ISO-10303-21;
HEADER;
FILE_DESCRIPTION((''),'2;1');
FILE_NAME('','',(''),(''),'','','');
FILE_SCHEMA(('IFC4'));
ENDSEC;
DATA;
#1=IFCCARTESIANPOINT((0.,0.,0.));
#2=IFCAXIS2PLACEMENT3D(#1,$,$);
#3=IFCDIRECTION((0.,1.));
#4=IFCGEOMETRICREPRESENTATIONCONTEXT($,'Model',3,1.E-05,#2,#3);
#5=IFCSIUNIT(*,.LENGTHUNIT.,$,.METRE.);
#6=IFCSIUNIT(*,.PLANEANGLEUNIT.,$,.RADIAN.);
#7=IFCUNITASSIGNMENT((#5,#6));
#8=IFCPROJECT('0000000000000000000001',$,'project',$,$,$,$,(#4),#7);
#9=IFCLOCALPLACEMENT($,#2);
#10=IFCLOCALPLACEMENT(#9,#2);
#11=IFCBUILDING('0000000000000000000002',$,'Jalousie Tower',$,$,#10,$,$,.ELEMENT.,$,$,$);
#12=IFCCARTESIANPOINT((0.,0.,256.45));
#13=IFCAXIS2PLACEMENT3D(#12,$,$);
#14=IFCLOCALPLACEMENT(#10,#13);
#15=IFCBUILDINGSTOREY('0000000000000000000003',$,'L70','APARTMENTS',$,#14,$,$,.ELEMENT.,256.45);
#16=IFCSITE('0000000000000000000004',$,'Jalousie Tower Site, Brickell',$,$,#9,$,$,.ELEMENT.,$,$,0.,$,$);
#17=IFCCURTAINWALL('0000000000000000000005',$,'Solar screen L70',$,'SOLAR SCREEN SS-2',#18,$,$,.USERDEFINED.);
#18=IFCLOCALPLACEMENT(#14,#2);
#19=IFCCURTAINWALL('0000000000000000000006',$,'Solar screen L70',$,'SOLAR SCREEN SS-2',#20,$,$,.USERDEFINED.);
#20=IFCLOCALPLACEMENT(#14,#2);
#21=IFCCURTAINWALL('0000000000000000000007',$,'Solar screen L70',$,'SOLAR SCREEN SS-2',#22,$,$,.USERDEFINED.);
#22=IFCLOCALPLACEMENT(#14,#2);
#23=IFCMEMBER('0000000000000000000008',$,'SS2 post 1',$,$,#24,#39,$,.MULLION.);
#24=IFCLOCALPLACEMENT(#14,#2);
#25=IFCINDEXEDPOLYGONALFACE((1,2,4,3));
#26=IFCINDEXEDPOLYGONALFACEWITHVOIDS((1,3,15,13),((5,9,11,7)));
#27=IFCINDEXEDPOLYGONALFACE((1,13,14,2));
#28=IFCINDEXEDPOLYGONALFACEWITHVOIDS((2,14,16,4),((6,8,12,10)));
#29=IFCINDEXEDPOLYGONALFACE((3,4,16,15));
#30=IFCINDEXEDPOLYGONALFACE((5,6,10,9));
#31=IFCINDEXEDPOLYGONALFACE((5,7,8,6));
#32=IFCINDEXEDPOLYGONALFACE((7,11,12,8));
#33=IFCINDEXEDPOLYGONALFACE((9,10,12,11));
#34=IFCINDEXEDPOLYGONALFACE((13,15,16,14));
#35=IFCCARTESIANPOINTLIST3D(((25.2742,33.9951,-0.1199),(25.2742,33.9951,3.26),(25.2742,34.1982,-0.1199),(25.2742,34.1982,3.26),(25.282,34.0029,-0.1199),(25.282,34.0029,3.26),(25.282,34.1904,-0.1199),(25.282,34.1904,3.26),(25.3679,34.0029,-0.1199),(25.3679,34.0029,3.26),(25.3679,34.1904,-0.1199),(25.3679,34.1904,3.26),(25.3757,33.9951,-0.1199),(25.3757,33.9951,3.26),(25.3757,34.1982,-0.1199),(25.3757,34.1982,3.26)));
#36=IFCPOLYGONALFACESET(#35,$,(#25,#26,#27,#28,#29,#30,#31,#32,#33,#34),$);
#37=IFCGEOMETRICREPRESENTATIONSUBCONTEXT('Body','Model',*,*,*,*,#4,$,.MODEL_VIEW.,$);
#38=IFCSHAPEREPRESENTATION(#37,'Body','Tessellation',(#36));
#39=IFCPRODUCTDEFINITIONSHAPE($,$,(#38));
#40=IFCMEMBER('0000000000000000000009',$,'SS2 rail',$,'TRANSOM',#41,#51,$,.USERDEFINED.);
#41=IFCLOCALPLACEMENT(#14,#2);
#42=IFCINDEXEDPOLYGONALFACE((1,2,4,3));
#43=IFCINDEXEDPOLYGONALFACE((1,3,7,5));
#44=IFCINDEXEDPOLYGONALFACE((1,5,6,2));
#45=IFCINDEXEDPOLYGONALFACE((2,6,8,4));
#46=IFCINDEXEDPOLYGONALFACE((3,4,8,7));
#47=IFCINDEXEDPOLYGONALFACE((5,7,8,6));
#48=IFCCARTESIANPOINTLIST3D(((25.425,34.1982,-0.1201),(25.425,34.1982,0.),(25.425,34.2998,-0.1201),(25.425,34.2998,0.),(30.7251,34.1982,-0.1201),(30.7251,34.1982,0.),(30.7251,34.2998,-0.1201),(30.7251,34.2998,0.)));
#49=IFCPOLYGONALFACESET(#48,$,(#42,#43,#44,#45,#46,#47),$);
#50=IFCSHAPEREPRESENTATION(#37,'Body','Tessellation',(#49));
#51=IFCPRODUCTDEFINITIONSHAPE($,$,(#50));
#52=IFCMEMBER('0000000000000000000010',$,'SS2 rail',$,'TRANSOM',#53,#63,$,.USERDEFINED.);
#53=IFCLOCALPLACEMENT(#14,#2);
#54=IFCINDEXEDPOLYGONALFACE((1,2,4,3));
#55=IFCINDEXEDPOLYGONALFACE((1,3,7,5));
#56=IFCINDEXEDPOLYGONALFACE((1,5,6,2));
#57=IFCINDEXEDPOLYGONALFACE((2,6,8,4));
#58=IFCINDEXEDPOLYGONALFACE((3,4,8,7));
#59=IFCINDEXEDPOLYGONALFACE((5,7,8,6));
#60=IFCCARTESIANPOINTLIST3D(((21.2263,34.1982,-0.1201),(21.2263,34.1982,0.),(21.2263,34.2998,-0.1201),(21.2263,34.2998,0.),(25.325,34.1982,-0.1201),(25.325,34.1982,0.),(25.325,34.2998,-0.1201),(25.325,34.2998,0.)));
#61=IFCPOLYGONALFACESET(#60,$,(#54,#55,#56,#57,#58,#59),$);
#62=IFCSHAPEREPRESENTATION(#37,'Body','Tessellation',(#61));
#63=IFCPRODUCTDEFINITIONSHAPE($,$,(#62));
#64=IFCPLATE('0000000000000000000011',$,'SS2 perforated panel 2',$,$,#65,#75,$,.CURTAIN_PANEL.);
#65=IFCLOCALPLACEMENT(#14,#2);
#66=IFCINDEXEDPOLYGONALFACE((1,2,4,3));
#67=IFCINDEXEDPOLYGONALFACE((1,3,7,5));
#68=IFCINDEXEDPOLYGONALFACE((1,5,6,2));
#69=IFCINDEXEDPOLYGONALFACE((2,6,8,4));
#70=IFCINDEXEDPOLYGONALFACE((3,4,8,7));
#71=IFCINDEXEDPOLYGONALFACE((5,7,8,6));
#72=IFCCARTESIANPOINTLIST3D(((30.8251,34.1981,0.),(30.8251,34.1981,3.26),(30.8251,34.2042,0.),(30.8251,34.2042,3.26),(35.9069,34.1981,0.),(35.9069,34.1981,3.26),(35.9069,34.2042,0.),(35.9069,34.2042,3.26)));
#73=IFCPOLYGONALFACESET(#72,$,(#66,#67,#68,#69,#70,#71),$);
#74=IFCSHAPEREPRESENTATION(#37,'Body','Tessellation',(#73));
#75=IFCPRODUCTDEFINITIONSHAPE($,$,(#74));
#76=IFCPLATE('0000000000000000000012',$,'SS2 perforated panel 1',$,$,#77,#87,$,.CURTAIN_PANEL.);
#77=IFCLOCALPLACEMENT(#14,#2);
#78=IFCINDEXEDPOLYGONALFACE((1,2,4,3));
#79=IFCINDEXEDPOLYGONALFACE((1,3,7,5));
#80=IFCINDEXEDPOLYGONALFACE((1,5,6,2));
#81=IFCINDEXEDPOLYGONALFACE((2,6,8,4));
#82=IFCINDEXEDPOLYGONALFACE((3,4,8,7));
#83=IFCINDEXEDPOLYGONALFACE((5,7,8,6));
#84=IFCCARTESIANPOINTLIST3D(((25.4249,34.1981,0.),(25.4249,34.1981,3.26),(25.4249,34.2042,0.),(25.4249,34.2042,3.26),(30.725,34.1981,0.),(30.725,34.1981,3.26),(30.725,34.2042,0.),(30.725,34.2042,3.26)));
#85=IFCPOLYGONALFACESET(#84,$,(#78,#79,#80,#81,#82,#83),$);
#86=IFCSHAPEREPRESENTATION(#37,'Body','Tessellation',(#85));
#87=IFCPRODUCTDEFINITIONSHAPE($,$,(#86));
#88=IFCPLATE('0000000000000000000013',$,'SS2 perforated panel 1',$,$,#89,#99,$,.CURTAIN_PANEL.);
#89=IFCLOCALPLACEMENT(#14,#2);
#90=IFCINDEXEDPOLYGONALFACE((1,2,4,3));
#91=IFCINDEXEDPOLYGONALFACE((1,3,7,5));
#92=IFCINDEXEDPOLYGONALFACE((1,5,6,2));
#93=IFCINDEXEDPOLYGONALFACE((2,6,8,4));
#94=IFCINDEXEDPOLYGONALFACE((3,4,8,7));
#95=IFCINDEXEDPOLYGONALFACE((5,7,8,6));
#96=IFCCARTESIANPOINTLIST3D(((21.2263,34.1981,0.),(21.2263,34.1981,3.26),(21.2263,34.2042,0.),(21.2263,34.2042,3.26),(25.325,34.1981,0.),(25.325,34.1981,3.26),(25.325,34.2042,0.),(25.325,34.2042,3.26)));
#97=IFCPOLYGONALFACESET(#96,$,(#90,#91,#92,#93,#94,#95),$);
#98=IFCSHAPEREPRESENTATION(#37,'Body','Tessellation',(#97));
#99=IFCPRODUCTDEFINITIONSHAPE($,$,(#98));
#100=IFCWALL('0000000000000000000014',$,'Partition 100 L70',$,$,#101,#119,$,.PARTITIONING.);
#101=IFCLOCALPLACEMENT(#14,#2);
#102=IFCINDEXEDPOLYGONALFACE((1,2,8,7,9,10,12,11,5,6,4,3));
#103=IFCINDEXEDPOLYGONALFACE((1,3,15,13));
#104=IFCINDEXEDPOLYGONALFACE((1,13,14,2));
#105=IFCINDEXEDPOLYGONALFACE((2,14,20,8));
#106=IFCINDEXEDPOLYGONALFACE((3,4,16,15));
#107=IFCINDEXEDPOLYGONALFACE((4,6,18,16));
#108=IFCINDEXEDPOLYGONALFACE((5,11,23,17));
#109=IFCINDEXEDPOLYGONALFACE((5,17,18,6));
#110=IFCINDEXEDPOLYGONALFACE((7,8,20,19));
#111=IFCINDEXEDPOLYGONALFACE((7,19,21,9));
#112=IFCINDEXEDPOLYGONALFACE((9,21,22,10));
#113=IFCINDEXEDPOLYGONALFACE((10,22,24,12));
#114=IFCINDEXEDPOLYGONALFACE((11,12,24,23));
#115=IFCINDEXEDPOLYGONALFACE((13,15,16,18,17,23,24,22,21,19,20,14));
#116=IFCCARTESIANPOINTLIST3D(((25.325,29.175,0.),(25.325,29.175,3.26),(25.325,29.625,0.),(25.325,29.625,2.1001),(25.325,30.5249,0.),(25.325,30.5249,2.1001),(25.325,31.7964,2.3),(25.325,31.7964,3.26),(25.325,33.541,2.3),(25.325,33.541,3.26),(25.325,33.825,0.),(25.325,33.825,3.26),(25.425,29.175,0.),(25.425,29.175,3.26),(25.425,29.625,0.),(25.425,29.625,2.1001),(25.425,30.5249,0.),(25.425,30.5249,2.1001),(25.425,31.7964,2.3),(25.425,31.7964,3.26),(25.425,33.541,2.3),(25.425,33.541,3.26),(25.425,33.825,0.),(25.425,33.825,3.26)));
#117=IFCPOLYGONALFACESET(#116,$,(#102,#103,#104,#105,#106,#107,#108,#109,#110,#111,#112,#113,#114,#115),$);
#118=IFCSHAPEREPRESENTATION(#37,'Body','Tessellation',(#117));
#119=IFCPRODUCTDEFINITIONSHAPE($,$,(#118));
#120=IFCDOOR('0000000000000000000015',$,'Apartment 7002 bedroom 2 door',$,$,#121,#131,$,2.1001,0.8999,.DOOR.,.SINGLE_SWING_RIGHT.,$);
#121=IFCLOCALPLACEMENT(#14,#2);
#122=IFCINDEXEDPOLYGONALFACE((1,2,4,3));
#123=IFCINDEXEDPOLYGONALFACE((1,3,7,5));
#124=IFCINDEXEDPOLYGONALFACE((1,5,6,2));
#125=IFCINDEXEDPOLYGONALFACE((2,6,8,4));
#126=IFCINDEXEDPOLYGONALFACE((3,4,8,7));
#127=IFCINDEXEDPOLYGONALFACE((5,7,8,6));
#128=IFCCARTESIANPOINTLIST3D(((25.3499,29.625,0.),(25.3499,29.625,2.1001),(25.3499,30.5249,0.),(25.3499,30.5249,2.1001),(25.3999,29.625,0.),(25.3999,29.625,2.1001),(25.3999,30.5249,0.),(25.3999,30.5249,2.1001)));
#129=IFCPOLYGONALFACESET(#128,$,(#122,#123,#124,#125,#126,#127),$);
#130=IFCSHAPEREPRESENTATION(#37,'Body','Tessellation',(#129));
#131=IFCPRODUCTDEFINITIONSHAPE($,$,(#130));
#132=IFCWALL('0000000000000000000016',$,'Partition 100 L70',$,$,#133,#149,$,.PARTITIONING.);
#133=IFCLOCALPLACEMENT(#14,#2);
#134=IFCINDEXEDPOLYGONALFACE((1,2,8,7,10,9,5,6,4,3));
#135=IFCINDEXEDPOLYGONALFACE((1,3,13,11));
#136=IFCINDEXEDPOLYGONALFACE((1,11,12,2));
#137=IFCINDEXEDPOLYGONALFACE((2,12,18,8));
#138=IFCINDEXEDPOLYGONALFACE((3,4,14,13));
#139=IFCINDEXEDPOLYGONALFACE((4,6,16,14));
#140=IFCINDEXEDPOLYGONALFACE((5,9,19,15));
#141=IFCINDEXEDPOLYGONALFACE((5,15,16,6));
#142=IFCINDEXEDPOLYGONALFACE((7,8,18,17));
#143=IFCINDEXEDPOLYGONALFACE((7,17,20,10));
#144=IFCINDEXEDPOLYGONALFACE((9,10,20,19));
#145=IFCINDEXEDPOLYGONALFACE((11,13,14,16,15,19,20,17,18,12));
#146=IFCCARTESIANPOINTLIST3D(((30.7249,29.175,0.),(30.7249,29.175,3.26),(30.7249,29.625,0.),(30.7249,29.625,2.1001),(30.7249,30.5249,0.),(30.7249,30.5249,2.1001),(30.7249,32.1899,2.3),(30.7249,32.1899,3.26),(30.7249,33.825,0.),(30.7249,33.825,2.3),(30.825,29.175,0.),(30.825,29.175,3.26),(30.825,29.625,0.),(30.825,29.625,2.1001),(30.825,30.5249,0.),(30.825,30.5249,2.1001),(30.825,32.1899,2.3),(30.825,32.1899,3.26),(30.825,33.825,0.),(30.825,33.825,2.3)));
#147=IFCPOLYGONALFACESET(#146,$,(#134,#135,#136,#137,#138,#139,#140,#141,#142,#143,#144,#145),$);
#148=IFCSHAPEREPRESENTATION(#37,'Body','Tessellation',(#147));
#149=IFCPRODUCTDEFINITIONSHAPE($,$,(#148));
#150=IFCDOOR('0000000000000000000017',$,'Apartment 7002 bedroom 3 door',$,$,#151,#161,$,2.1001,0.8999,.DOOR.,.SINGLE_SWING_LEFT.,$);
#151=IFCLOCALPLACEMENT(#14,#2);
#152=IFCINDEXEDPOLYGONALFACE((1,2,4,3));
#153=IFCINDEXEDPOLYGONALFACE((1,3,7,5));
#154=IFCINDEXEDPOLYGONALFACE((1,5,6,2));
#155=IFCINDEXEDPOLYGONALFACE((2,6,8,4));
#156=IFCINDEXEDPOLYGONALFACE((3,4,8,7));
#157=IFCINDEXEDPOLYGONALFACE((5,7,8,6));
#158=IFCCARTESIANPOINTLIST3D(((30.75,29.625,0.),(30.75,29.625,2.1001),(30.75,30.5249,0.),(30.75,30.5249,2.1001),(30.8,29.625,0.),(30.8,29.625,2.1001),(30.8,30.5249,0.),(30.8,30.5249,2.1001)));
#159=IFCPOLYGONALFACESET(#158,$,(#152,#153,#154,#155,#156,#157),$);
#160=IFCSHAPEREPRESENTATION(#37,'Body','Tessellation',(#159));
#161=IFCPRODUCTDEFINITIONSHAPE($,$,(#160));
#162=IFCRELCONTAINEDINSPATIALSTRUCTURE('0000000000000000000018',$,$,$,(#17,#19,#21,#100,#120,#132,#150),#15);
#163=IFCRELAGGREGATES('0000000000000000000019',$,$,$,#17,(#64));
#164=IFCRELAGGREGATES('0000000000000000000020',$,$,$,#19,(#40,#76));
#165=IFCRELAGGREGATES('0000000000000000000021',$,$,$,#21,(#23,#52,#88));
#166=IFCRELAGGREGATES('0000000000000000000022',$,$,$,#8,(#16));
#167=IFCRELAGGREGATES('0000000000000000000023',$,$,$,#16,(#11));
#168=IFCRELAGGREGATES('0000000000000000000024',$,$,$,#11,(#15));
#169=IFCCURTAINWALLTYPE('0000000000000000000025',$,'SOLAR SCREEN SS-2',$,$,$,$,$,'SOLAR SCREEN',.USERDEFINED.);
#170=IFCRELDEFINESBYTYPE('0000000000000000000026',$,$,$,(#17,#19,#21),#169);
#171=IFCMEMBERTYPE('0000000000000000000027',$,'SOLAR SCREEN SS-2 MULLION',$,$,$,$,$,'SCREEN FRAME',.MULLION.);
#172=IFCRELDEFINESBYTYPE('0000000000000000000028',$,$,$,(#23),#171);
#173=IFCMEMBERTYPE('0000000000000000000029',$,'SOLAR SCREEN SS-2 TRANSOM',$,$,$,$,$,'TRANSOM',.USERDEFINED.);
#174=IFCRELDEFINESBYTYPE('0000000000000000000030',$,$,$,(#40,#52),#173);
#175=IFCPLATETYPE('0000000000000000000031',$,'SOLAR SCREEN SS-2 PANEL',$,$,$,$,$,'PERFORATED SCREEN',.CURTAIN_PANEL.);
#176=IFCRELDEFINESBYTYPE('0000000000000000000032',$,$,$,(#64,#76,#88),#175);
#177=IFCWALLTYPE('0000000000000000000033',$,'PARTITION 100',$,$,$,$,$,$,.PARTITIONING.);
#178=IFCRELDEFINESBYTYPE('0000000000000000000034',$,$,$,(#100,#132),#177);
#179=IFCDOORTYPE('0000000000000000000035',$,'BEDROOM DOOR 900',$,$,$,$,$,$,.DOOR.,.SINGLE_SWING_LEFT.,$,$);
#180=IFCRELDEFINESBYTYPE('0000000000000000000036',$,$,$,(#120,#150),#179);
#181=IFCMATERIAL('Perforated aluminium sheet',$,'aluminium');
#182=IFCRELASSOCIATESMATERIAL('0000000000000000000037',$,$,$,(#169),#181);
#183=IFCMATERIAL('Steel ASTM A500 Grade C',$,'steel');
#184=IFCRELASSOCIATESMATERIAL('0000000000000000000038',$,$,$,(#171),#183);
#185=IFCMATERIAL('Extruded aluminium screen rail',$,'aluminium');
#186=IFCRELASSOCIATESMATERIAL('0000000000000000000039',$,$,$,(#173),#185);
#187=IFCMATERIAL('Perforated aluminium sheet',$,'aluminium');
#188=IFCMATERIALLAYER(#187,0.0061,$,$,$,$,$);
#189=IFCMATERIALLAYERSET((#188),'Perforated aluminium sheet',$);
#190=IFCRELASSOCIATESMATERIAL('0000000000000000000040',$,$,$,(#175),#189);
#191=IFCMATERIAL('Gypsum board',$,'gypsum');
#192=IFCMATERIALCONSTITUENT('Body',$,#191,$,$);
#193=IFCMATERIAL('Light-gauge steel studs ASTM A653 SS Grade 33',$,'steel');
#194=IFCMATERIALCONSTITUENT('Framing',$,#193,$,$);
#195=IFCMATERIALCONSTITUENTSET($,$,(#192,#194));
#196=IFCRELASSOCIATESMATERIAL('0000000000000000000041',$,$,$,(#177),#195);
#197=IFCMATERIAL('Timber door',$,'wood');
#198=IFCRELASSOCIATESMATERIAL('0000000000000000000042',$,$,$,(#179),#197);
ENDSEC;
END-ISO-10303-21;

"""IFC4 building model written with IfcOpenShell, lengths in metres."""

from ifc_helpers import new_model, si_unit, direction, frame, frame_2d, origin, origin_2d, place, context, subcontext, project, spatial, polyline, rectangle, hollow_rectangle, outline, extrude, material, layer, layer_set, constituent, constituent_set, material_profile, profile_set, type_object, element, fill, aggregate, save


model = new_model("IFC4")

# Units and contexts
model_context = context("Model", 3, precision=1e-05, world=origin(), true_north=direction((0.0, 1.0)))
body_context = subcontext(model_context, "Body", "Model", "MODEL_VIEW")
ifc_project = project(units=[si_unit("LENGTHUNIT", "METRE"), si_unit("PLANEANGLEUNIT", "RADIAN")], contexts=[model_context])

# Site, building, storey
site_placement = place(None, origin())
site = spatial("IfcSite", under=ifc_project, at=site_placement, Name="Jalousie Tower Site, Brickell", CompositionType="ELEMENT", RefElevation=0.0)
building_placement = place(site_placement, origin())
building = spatial("IfcBuilding", under=site, at=building_placement, Name="Jalousie Tower", CompositionType="ELEMENT")
storey_placement = place(building_placement, frame((0.0, 0.0, 256.45)))
storey = spatial("IfcBuildingStorey", under=building, at=storey_placement, Name="L70", Description="APARTMENTS", CompositionType="ELEMENT", Elevation=256.45)

# Curtain wall
ifc_material_1 = material(Name="Perforated aluminium sheet", Category="aluminium")
curtain_wall_type = type_object("IfcCurtainWallType", Name="SOLAR SCREEN SS-2", ElementType="SOLAR SCREEN", PredefinedType="USERDEFINED", material=ifc_material_1)
curtain_wall_1_placement = place(storey_placement, origin())
curtain_wall_1 = element("IfcCurtainWall", 1, at=curtain_wall_1_placement, inside=storey, type_object=curtain_wall_type, Name="Solar screen L70", ObjectType="SOLAR SCREEN SS-2", PredefinedType="USERDEFINED")
ifc_material_2 = material(Name="Steel ASTM A500 Grade C", Category="steel")
ifc_material_profile_1 = material_profile(ifc_material_2, hollow_rectangle(XDim=0.1016, YDim=0.2031, WallThickness=0.0078, at=origin_2d()), Name="HSS8X4X5/16")
ifc_profile_set_1 = profile_set([ifc_material_profile_1], Name="Steel ASTM A500 Grade C")
member_type_1 = type_object("IfcMemberType", Name="SOLAR SCREEN SS-2 MULLION", ElementType="SCREEN FRAME", PredefinedType="MULLION", material=ifc_profile_set_1)

# Curtain wall
curtain_wall_2_placement = place(storey_placement, origin())
curtain_wall_2 = element("IfcCurtainWall", 2, at=curtain_wall_2_placement, inside=storey, type_object=curtain_wall_type, Name="Solar screen L70", ObjectType="SOLAR SCREEN SS-2", PredefinedType="USERDEFINED")

# Curtain wall, member
curtain_wall_3_placement = place(storey_placement, origin())
curtain_wall_3 = element("IfcCurtainWall", 3, at=curtain_wall_3_placement, inside=storey, type_object=curtain_wall_type, Name="Solar screen L70", ObjectType="SOLAR SCREEN SS-2", PredefinedType="USERDEFINED")
member_1_placement = place(storey_placement, frame((25.325, 34.0967, -0.1199), z_axis=(0.0, 0.0, 1.0), x_axis=(-1.0, 0.0, 0.0)))
member_1 = element("IfcMember", 4, at=member_1_placement, type_object=member_type_1, Name="SS2 post 1", PredefinedType="MULLION", context=body_context, shape_type="SweptSolid", body=[
    extrude(hollow_rectangle(XDim=0.1016, YDim=0.2031, WallThickness=0.0078, at=origin_2d()), origin(), (0.0, 0.0, 1.0), 3.3799),
])

# Members
ifc_material_3 = material(Name="Extruded aluminium screen rail", Category="aluminium")
ifc_material_profile_2 = material_profile(ifc_material_3, rectangle(XDim=0.1016, YDim=0.1201, at=origin_2d()), Name="RAIL 102x120")
ifc_profile_set_2 = profile_set([ifc_material_profile_2], Name="Extruded aluminium screen rail")
member_type_2 = type_object("IfcMemberType", Name="SOLAR SCREEN SS-2 TRANSOM", ElementType="TRANSOM", PredefinedType="USERDEFINED", material=ifc_profile_set_2)
member_2_placement = place(storey_placement, frame((30.7251, 34.249, -0.0601), z_axis=(-1.0, 0.0, 0.0), x_axis=(0.0, -1.0, 0.0)))
member_2 = element("IfcMember", 5, at=member_2_placement, type_object=member_type_2, Name="SS2 rail", ObjectType="TRANSOM", PredefinedType="USERDEFINED", context=body_context, shape_type="SweptSolid", body=[
    extrude(rectangle(XDim=0.1016, YDim=0.1201, at=origin_2d()), origin(), (0.0, 0.0, 1.0), 5.3),
])
member_3_placement = place(storey_placement, frame((25.325, 34.249, -0.0601), z_axis=(-1.0, 0.0, 0.0), x_axis=(0.0, -1.0, 0.0)))
member_3 = element("IfcMember", 6, at=member_3_placement, type_object=member_type_2, Name="SS2 rail", ObjectType="TRANSOM", PredefinedType="USERDEFINED", context=body_context, shape_type="SweptSolid", body=[
    extrude(rectangle(XDim=0.1016, YDim=0.1201, at=origin_2d()), origin(), (0.0, 0.0, 1.0), 4.0986),
])

# Plates
ifc_material_4 = material(Name="Perforated aluminium sheet", Category="aluminium")
ifc_layer = layer(ifc_material_4, 0.0061)
ifc_layer_set = layer_set([ifc_layer], Name="Perforated aluminium sheet")
plate_type = type_object("IfcPlateType", Name="SOLAR SCREEN SS-2 PANEL", ElementType="PERFORATED SCREEN", PredefinedType="CURTAIN_PANEL", material=ifc_layer_set)
plate_1_placement = place(storey_placement, frame((33.366, 34.2012, 0.0), z_axis=(0.0, 0.0, 1.0), x_axis=(-1.0, 0.0, 0.0)))
plate_1 = element("IfcPlate", 7, at=plate_1_placement, type_object=plate_type, Name="SS2 perforated panel 2", PredefinedType="CURTAIN_PANEL", context=body_context, shape_type="SweptSolid", body=[
    extrude(rectangle(XDim=5.0818, YDim=0.0061, at=origin_2d()), origin(), (0.0, 0.0, 1.0), 3.26),
])
aggregate(curtain_wall_1, [plate_1])
plate_2_placement = place(storey_placement, frame((28.075, 34.2012, 0.0), z_axis=(0.0, 0.0, 1.0), x_axis=(-1.0, 0.0, 0.0)))
plate_2 = element("IfcPlate", 8, at=plate_2_placement, type_object=plate_type, Name="SS2 perforated panel 1", PredefinedType="CURTAIN_PANEL", context=body_context, shape_type="SweptSolid", body=[
    extrude(rectangle(XDim=5.3, YDim=0.0061, at=origin_2d()), origin(), (0.0, 0.0, 1.0), 3.26),
])
aggregate(curtain_wall_2, [member_2, plate_2])
plate_3_placement = place(storey_placement, frame((23.2756, 34.2012, 0.0), z_axis=(0.0, 0.0, 1.0), x_axis=(-1.0, 0.0, 0.0)))
plate_3 = element("IfcPlate", 9, at=plate_3_placement, type_object=plate_type, Name="SS2 perforated panel 1", PredefinedType="CURTAIN_PANEL", context=body_context, shape_type="SweptSolid", body=[
    extrude(rectangle(XDim=4.0986, YDim=0.0061, at=origin_2d()), origin(), (0.0, 0.0, 1.0), 3.26),
])
aggregate(curtain_wall_3, [member_1, member_3, plate_3])

# Walls, openings, doors
ifc_material_5 = material(Name="Gypsum board", Category="gypsum")
ifc_constituent_1 = constituent(ifc_material_5, Name="Body")
ifc_material_6 = material(Name="Light-gauge steel studs ASTM A653 SS Grade 33", Category="steel")
ifc_constituent_2 = constituent(ifc_material_6, Name="Framing")
ifc_constituent_set = constituent_set(constituents=[ifc_constituent_1, ifc_constituent_2])
wall_type = type_object("IfcWallType", Name="PARTITION 100", PredefinedType="PARTITIONING", material=ifc_constituent_set)
wall_1_placement = place(storey_placement, frame((25.375, 33.825, 0.0), z_axis=(0.0, 0.0, 1.0), x_axis=(0.0, -1.0, 0.0)))
wall_1 = element("IfcWall", 10, at=wall_1_placement, inside=storey, type_object=wall_type, Name="Partition 100 L70", PredefinedType="PARTITIONING", context=body_context, shape_type="SweptSolid", body=[
    extrude(outline(polyline([(0.0, 0.0), (4.6499, 0.0), (4.6499, 3.26), (2.0286, 3.26), (2.0286, 2.3), (0.2839, 2.3), (0.2839, 3.26), (0.0, 3.26), (0.0, 0.0)])), frame((0.0, 0.05, 0.0), z_axis=(0.0, -1.0, 0.0), x_axis=(1.0, 0.0, 0.0)), (0.0, 0.0, 1.0), 0.1001),
])
opening_1_placement = place(wall_1_placement, frame((3.3, 0.0, 0.0)))
opening_1 = element("IfcOpeningElement", 11, at=opening_1_placement, cuts=wall_1, PredefinedType="OPENING", context=body_context, shape_type="SweptSolid", body=[
    extrude(rectangle(XDim=0.8999, YDim=2.1001, at=frame_2d((0.45, 1.05))), frame((0.0, 0.0601, 0.0), z_axis=(0.0, -1.0, 0.0), x_axis=(1.0, 0.0, 0.0)), (0.0, 0.0, 1.0), 0.1201),
])
ifc_material_7 = material(Name="Timber door", Category="wood")
door_type = type_object("IfcDoorType", Name="BEDROOM DOOR 900", OperationType="SINGLE_SWING_LEFT", PredefinedType="DOOR", material=ifc_material_7)
door_1_placement = place(opening_1_placement, origin())
door_1 = element("IfcDoor", 12, at=door_1_placement, inside=storey, type_object=door_type, Name="Apartment 7002 bedroom 2 door", OperationType="SINGLE_SWING_RIGHT", OverallHeight=2.1001, OverallWidth=0.8999, PredefinedType="DOOR", context=body_context, shape_type="SweptSolid", body=[
    extrude(rectangle(XDim=0.8999, YDim=2.1001, at=frame_2d((0.45, 1.05))), frame((0.0, 0.0249, 0.0), z_axis=(0.0, -1.0, 0.0), x_axis=(1.0, 0.0, 0.0)), (0.0, 0.0, 1.0), 0.05),
])
fill(opening_1, door_1)
wall_2_placement = place(storey_placement, frame((30.7749, 33.825, 0.0), z_axis=(0.0, 0.0, 1.0), x_axis=(0.0, -1.0, 0.0)))
wall_2 = element("IfcWall", 13, at=wall_2_placement, inside=storey, type_object=wall_type, Name="Partition 100 L70", PredefinedType="PARTITIONING", context=body_context, shape_type="SweptSolid", body=[
    extrude(outline(polyline([(0.0, 0.0), (4.6499, 0.0), (4.6499, 3.26), (1.635, 3.26), (1.635, 2.3), (0.0, 2.3), (0.0, 3.26), (0.0, 0.0)])), frame((0.0, 0.05, 0.0), z_axis=(0.0, -1.0, 0.0), x_axis=(1.0, 0.0, 0.0)), (0.0, 0.0, 1.0), 0.1001),
])
opening_2_placement = place(wall_2_placement, frame((3.3, 0.0, 0.0)))
opening_2 = element("IfcOpeningElement", 14, at=opening_2_placement, cuts=wall_2, PredefinedType="OPENING", context=body_context, shape_type="SweptSolid", body=[
    extrude(rectangle(XDim=0.8999, YDim=2.1001, at=frame_2d((0.45, 1.05))), frame((0.0, 0.0601, 0.0), z_axis=(0.0, -1.0, 0.0), x_axis=(1.0, 0.0, 0.0)), (0.0, 0.0, 1.0), 0.1201),
])
door_2_placement = place(opening_2_placement, frame((0.8999, 0.0, 0.0), z_axis=(0.0, 0.0, 1.0), x_axis=(-1.0, 0.0, 0.0)))
door_2 = element("IfcDoor", 15, at=door_2_placement, inside=storey, type_object=door_type, Name="Apartment 7002 bedroom 3 door", OperationType="SINGLE_SWING_LEFT", OverallHeight=2.1001, OverallWidth=0.8999, PredefinedType="DOOR", context=body_context, shape_type="SweptSolid", body=[
    extrude(rectangle(XDim=0.8999, YDim=2.1001, at=frame_2d((0.45, 1.05))), frame((0.0, 0.0249, 0.0), z_axis=(0.0, -1.0, 0.0), x_axis=(1.0, 0.0, 0.0)), (0.0, 0.0, 1.0), 0.05),
])
fill(opening_2, door_2)

save(model, "model.ifc")
